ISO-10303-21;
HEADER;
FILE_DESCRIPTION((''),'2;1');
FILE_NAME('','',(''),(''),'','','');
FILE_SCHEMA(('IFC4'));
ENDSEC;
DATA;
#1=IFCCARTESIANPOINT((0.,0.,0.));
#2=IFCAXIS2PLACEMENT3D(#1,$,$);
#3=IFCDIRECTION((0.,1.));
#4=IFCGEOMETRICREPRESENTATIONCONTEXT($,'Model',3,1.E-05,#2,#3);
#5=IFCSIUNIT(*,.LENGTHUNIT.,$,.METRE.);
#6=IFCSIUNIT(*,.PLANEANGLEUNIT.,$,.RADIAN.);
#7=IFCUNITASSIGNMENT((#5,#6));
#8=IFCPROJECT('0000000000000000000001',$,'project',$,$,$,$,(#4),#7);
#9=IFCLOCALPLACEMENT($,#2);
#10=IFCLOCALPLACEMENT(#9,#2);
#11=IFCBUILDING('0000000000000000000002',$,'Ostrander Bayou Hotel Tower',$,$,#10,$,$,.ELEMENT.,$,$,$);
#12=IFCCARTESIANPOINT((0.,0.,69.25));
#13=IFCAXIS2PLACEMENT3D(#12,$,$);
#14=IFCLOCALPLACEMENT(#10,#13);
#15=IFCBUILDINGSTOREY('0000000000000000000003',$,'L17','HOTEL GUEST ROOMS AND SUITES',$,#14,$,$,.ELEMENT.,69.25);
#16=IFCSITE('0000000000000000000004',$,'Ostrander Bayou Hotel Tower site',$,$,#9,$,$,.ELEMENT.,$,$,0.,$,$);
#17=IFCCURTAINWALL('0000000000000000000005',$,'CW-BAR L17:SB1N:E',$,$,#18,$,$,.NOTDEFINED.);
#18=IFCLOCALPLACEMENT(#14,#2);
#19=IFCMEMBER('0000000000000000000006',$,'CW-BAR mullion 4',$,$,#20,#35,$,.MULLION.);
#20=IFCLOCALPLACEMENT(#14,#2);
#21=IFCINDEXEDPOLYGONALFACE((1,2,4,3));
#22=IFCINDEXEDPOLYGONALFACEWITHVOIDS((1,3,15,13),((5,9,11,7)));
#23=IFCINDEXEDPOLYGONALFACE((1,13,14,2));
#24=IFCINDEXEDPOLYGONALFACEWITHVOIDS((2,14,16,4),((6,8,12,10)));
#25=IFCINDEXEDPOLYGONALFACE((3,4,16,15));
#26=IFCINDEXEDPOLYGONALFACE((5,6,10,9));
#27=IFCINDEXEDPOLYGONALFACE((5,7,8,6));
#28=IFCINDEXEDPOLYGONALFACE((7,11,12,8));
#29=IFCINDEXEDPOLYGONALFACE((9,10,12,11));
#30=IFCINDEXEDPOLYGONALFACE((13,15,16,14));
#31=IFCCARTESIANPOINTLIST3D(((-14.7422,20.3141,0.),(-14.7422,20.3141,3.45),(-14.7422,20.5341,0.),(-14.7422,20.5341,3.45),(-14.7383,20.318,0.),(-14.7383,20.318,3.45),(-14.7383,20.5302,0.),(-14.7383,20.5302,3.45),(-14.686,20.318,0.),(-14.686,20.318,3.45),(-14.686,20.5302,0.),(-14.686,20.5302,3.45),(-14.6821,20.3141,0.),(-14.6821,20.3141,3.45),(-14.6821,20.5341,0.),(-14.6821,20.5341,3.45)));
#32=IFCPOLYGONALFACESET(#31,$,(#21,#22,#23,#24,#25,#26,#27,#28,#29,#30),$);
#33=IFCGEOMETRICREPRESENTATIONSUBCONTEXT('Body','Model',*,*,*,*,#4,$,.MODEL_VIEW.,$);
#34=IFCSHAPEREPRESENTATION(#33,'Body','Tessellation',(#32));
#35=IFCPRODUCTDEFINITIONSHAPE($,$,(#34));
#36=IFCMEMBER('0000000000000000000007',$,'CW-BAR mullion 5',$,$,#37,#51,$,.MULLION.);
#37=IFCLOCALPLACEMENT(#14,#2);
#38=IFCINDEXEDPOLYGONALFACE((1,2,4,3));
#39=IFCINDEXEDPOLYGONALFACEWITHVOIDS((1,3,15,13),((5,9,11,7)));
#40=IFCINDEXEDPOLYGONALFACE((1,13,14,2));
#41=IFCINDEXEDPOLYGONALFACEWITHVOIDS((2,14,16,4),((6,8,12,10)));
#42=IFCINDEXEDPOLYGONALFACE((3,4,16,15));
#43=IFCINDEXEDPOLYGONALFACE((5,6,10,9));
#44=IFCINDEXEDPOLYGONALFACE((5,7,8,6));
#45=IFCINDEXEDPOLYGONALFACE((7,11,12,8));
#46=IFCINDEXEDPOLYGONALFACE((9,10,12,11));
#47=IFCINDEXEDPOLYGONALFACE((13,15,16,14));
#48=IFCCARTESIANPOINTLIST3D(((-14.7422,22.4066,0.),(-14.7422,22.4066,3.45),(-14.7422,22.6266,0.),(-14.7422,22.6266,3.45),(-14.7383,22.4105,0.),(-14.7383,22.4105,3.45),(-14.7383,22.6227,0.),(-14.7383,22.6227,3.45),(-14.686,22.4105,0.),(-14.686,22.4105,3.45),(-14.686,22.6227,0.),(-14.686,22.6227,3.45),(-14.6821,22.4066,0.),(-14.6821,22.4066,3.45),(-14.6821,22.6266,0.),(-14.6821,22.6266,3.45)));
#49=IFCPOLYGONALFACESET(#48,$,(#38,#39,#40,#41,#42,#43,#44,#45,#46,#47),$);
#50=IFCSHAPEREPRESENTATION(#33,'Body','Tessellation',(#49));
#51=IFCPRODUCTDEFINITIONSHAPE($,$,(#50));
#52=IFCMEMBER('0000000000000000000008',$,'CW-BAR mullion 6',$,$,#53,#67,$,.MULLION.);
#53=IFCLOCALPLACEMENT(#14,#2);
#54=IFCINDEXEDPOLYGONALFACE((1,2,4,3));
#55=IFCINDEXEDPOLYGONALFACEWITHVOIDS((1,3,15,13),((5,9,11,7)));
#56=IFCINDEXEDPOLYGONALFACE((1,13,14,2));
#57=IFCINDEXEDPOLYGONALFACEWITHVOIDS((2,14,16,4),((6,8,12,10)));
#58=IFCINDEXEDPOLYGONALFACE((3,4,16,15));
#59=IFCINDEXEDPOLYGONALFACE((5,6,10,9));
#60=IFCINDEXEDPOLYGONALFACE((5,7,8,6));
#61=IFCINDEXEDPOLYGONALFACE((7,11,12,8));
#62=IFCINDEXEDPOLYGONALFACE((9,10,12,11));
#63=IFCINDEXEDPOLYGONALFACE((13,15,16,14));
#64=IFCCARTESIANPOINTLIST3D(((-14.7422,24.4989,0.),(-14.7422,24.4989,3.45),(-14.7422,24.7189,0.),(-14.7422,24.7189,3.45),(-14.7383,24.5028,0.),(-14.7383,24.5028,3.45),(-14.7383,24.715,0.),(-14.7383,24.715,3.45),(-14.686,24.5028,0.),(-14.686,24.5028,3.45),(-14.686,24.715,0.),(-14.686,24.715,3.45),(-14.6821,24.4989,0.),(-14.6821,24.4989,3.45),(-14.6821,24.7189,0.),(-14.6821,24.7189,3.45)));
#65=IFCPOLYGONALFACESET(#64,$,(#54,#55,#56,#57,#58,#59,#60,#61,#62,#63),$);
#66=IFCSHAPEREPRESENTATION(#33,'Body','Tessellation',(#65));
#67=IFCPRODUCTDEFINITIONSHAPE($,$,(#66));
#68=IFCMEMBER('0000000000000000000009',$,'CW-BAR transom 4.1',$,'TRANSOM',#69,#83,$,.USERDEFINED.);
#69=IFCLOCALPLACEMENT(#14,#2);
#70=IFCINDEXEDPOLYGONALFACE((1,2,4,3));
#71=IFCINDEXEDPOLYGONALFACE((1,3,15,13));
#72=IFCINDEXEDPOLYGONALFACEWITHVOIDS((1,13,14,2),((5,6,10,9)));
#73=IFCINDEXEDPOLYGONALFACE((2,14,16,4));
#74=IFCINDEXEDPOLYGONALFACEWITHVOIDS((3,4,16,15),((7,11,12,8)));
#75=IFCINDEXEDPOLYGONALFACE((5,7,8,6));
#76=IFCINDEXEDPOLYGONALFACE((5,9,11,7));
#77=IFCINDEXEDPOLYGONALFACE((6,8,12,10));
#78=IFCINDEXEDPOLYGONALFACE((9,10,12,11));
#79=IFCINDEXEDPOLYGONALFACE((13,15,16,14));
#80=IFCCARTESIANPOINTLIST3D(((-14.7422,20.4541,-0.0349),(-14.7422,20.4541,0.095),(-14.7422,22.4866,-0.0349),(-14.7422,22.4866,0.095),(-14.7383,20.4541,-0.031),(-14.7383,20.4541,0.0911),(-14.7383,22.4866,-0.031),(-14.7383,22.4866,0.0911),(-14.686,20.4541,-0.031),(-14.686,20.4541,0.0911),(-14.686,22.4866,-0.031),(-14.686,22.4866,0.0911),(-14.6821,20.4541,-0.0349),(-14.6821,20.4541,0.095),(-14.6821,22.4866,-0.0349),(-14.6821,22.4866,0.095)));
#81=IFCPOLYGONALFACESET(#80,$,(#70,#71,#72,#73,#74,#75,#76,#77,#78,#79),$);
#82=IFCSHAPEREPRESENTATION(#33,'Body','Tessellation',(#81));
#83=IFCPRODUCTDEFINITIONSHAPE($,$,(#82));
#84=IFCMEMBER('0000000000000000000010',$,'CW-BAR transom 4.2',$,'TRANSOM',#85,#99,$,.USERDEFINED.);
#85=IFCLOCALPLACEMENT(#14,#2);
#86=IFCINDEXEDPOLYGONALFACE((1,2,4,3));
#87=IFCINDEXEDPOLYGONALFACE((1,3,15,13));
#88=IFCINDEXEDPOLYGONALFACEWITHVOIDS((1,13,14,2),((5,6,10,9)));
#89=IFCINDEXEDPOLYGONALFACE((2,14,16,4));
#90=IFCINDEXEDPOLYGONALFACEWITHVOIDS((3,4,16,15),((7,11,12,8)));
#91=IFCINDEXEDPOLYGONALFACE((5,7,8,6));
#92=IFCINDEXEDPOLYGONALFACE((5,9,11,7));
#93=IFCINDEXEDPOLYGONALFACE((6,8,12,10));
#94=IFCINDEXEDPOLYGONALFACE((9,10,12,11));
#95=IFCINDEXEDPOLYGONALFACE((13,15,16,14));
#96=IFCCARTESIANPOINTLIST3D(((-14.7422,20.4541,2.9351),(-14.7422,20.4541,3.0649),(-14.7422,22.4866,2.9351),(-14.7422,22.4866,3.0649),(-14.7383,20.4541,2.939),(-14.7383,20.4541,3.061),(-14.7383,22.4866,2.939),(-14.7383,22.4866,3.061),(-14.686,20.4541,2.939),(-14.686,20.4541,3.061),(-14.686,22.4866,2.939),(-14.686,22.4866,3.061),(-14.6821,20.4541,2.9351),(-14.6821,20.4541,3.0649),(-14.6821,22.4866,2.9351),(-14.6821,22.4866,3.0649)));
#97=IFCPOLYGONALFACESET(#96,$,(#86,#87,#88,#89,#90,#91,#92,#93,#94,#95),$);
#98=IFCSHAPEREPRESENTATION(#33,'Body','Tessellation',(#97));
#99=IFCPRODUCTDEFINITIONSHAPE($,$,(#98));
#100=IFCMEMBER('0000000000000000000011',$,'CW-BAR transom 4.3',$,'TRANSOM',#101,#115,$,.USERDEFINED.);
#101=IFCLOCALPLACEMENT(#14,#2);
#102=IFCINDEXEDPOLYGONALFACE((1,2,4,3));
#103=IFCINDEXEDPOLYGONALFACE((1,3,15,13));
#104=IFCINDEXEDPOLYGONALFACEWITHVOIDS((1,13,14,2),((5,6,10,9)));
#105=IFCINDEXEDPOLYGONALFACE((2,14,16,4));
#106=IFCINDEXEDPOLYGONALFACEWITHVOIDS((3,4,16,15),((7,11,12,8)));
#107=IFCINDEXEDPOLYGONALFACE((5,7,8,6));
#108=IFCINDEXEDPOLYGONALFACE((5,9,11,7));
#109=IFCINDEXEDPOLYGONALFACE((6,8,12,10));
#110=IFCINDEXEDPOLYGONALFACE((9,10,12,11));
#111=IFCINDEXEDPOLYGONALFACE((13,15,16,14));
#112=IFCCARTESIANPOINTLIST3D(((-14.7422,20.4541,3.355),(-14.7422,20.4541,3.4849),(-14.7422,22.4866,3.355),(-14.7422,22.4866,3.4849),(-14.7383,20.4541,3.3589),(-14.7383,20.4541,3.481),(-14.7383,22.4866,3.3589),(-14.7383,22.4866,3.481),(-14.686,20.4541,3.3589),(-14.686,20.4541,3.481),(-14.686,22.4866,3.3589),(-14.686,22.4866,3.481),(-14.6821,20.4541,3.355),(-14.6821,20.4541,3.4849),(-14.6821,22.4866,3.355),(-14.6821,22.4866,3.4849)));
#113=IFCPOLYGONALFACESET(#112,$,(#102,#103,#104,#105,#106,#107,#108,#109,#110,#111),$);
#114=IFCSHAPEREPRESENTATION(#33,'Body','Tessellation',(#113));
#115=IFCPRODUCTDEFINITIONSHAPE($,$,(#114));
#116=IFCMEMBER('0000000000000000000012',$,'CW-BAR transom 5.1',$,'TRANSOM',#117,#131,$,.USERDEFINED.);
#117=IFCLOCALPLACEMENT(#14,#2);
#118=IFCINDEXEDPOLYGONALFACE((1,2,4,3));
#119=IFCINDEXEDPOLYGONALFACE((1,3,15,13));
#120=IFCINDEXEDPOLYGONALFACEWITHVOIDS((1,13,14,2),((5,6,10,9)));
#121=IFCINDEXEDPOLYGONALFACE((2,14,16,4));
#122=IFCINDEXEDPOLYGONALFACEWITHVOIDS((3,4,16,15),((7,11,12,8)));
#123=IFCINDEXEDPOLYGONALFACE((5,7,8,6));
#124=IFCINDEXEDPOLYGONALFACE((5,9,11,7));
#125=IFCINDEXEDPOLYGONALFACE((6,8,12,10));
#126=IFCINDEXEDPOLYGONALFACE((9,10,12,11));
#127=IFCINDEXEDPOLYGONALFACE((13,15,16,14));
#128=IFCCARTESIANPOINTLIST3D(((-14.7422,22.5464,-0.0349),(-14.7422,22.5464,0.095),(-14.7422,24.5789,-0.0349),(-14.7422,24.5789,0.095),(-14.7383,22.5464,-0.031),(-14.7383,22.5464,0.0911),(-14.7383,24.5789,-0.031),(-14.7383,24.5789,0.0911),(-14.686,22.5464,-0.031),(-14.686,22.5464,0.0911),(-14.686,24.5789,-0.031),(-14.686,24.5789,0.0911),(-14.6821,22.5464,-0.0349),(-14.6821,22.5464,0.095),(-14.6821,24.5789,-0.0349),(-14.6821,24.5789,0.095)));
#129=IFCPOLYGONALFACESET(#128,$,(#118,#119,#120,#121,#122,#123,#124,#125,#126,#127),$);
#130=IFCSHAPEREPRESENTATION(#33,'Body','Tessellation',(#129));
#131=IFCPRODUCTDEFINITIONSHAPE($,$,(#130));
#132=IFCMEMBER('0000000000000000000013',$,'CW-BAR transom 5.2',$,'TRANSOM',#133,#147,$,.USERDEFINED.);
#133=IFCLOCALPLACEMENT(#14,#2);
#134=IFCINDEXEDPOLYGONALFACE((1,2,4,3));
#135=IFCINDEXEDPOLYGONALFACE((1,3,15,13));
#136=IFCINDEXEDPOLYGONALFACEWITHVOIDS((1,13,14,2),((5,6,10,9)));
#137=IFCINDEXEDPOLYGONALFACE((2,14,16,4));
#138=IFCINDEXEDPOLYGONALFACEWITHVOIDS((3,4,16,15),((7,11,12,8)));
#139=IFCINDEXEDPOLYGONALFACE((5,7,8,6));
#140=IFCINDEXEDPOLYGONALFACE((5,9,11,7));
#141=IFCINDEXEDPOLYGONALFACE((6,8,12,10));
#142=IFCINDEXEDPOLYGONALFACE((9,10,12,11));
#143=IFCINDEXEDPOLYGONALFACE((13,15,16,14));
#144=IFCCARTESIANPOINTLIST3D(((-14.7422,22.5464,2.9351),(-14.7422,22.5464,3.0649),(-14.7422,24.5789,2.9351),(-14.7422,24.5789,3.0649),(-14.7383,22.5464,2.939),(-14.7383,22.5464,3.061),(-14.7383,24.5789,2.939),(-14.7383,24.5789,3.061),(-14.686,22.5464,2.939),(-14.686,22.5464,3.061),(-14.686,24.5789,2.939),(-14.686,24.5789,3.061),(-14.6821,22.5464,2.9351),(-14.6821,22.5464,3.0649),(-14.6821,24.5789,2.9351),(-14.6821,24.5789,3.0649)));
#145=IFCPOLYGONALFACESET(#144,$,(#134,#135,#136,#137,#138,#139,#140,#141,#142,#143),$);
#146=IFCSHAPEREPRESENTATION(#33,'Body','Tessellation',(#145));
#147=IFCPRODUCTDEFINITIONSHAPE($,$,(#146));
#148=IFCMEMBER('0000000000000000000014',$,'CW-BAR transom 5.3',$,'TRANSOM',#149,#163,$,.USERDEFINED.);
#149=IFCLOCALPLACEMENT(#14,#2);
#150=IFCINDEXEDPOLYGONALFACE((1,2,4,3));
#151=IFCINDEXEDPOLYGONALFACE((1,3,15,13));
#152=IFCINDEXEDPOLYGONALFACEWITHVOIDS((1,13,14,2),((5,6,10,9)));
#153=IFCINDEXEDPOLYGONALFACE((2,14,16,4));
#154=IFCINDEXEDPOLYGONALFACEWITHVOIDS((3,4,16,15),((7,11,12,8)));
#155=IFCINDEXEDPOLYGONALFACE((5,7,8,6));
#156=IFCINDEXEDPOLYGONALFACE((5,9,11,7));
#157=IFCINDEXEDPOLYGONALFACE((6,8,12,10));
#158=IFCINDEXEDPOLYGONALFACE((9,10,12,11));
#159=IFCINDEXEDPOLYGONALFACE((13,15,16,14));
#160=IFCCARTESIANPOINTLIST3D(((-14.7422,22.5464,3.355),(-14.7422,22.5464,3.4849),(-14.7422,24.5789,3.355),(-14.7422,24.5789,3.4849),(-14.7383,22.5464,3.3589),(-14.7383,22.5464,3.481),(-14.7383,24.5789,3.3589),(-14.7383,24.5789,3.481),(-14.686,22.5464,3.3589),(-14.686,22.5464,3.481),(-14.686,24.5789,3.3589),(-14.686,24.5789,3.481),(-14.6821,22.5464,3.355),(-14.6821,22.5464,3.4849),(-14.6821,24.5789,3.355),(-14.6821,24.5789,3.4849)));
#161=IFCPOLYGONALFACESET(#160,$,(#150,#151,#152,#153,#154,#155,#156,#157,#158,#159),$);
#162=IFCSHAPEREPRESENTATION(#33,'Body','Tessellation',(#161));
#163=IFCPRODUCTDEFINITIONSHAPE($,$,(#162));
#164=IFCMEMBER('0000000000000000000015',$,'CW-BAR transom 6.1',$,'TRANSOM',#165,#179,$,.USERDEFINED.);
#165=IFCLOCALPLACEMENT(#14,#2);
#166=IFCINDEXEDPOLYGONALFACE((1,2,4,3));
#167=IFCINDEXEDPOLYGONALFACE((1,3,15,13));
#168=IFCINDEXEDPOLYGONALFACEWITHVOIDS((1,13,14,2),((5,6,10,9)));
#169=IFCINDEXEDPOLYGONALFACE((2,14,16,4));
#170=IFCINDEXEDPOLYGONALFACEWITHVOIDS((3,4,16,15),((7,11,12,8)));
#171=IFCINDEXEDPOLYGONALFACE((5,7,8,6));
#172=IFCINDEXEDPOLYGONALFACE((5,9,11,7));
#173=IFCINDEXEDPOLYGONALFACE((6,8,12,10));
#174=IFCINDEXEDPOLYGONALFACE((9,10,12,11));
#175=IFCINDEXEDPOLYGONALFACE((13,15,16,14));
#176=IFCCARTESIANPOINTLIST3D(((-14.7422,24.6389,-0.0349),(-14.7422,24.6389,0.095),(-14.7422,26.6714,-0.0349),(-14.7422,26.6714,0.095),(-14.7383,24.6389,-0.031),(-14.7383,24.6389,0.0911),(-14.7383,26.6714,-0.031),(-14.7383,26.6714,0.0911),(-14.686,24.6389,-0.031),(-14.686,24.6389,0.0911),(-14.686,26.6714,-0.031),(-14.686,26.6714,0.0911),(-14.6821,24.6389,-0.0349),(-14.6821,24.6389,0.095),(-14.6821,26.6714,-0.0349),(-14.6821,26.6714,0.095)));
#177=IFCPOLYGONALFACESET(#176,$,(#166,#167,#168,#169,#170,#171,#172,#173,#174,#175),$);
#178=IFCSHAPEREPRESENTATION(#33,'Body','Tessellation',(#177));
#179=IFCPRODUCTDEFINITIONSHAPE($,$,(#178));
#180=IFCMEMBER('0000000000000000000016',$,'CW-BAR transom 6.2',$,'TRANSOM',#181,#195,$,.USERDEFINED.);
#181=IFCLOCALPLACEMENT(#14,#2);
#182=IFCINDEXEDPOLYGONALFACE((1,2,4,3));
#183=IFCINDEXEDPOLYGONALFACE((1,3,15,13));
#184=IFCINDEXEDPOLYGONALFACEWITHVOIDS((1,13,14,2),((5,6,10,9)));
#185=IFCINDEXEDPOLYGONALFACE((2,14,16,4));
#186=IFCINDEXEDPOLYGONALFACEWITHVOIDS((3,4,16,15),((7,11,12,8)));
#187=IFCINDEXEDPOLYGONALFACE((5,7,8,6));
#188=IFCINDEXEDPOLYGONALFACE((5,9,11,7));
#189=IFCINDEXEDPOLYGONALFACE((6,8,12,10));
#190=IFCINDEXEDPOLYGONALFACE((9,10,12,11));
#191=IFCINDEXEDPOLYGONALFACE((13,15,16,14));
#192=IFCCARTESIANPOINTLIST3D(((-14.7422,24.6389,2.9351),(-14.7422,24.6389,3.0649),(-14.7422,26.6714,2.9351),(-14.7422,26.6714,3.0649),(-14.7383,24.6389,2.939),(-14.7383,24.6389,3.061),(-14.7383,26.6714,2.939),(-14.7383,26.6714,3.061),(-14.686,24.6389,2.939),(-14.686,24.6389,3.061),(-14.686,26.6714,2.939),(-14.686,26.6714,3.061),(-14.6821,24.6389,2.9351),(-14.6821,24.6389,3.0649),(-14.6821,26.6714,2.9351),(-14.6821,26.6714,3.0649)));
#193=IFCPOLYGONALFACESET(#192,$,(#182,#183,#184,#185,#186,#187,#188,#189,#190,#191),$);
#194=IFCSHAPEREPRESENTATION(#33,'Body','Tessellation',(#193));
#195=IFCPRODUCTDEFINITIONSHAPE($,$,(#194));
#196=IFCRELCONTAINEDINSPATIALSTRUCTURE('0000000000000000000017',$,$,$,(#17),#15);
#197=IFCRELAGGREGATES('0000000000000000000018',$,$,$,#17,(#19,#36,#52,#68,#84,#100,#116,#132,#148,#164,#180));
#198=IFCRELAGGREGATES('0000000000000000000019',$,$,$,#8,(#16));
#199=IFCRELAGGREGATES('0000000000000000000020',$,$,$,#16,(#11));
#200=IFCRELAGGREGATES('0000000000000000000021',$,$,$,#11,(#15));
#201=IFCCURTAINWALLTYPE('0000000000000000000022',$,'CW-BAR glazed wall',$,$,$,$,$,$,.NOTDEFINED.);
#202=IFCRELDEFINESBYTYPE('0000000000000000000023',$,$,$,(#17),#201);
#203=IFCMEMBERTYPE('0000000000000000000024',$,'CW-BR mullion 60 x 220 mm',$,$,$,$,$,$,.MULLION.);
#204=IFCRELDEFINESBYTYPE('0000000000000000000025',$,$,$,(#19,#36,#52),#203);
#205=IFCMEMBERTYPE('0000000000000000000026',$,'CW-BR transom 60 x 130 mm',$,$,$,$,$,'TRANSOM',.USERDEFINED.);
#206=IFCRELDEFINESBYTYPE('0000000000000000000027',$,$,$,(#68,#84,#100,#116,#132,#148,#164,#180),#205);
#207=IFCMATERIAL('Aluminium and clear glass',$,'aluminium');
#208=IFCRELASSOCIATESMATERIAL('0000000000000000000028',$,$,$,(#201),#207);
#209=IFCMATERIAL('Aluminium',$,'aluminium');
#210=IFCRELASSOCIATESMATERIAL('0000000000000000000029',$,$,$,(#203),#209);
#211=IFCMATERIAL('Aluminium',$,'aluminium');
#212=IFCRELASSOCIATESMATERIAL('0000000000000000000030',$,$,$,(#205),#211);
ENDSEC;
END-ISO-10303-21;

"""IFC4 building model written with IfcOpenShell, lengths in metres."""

from ifc_helpers import new_model, si_unit, direction, frame, origin, origin_2d, place, context, subcontext, project, spatial, hollow_rectangle, extrude, material, material_profile, profile_set, type_object, element, aggregate, save


model = new_model("IFC4")

# Units and contexts
model_context = context("Model", 3, precision=1e-05, world=origin(), true_north=direction((0.0, 1.0)))
body_context = subcontext(model_context, "Body", "Model", "MODEL_VIEW")
ifc_project = project(units=[si_unit("LENGTHUNIT", "METRE"), si_unit("PLANEANGLEUNIT", "RADIAN")], contexts=[model_context])

# Site, building, storey
site_placement = place(None, origin())
site = spatial("IfcSite", under=ifc_project, at=site_placement, Name="Ostrander Bayou Hotel Tower site", CompositionType="ELEMENT", RefElevation=0.0)
building_placement = place(site_placement, origin())
building = spatial("IfcBuilding", under=site, at=building_placement, Name="Ostrander Bayou Hotel Tower", CompositionType="ELEMENT")
storey_placement = place(building_placement, frame((0.0, 0.0, 69.25)))
storey = spatial("IfcBuildingStorey", under=building, at=storey_placement, Name="L17", Description="HOTEL GUEST ROOMS AND SUITES", CompositionType="ELEMENT", Elevation=69.25)

# Curtain wall, members
ifc_material_1 = material(Name="Aluminium and clear glass", Category="aluminium")
curtain_wall_type = type_object("IfcCurtainWallType", Name="CW-BAR glazed wall", PredefinedType="NOTDEFINED", material=ifc_material_1)
curtain_wall_placement = place(storey_placement, origin())
curtain_wall = element("IfcCurtainWall", 1, at=curtain_wall_placement, inside=storey, type_object=curtain_wall_type, Name="CW-BAR L17:SB1N:E", PredefinedType="NOTDEFINED")
ifc_material_2 = material(Name="Aluminium", Category="aluminium")
ifc_material_profile_1 = material_profile(ifc_material_2, hollow_rectangle(XDim=0.0601, YDim=0.22, WallThickness=0.0039, at=origin_2d()))
ifc_profile_set_1 = profile_set([ifc_material_profile_1], Name="Aluminium")
member_type_1 = type_object("IfcMemberType", Name="CW-BR mullion 60 x 220 mm", PredefinedType="MULLION", material=ifc_profile_set_1)
member_1_placement = place(storey_placement, frame((-14.7122, 20.4241, 0.0), z_axis=(0.0, 0.0, 1.0), x_axis=(-1.0, 0.0, 0.0)))
member_1 = element("IfcMember", 2, at=member_1_placement, type_object=member_type_1, Name="CW-BAR mullion 4", PredefinedType="MULLION", context=body_context, shape_type="SweptSolid", body=[
    extrude(hollow_rectangle(XDim=0.0601, YDim=0.22, WallThickness=0.0039, at=origin_2d()), origin(), (0.0, 0.0, 1.0), 3.45),
])
member_2_placement = place(storey_placement, frame((-14.7122, 22.5166, 0.0), z_axis=(0.0, 0.0, 1.0), x_axis=(-1.0, 0.0, 0.0)))
member_2 = element("IfcMember", 3, at=member_2_placement, type_object=member_type_1, Name="CW-BAR mullion 5", PredefinedType="MULLION", context=body_context, shape_type="SweptSolid", body=[
    extrude(hollow_rectangle(XDim=0.0601, YDim=0.22, WallThickness=0.0039, at=origin_2d()), origin(), (0.0, 0.0, 1.0), 3.45),
])
member_3_placement = place(storey_placement, frame((-14.7122, 24.6089, 0.0), z_axis=(0.0, 0.0, 1.0), x_axis=(-1.0, 0.0, 0.0)))
member_3 = element("IfcMember", 4, at=member_3_placement, type_object=member_type_1, Name="CW-BAR mullion 6", PredefinedType="MULLION", context=body_context, shape_type="SweptSolid", body=[
    extrude(hollow_rectangle(XDim=0.0601, YDim=0.22, WallThickness=0.0039, at=origin_2d()), origin(), (0.0, 0.0, 1.0), 3.45),
])
ifc_material_3 = material(Name="Aluminium", Category="aluminium")
ifc_material_profile_2 = material_profile(ifc_material_3, hollow_rectangle(XDim=0.0601, YDim=0.1299, WallThickness=0.0039, at=origin_2d()))
ifc_profile_set_2 = profile_set([ifc_material_profile_2], Name="Aluminium")
member_type_2 = type_object("IfcMemberType", Name="CW-BR transom 60 x 130 mm", ElementType="TRANSOM", PredefinedType="USERDEFINED", material=ifc_profile_set_2)
member_4_placement = place(storey_placement, frame((-14.7122, 20.4541, 0.03), z_axis=(0.0, 1.0, 0.0), x_axis=(-1.0, 0.0, 0.0)))
member_4 = element("IfcMember", 5, at=member_4_placement, type_object=member_type_2, Name="CW-BAR transom 4.1", ObjectType="TRANSOM", PredefinedType="USERDEFINED", context=body_context, shape_type="SweptSolid", body=[
    extrude(hollow_rectangle(XDim=0.0601, YDim=0.1299, WallThickness=0.0039, at=origin_2d()), origin(), (0.0, 0.0, 1.0), 2.0325),
])
member_5_placement = place(storey_placement, frame((-14.7122, 20.4541, 3.0), z_axis=(0.0, 1.0, 0.0), x_axis=(-1.0, 0.0, 0.0)))
member_5 = element("IfcMember", 6, at=member_5_placement, type_object=member_type_2, Name="CW-BAR transom 4.2", ObjectType="TRANSOM", PredefinedType="USERDEFINED", context=body_context, shape_type="SweptSolid", body=[
    extrude(hollow_rectangle(XDim=0.0601, YDim=0.1299, WallThickness=0.0039, at=origin_2d()), origin(), (0.0, 0.0, 1.0), 2.0325),
])
member_6_placement = place(storey_placement, frame((-14.7122, 20.4541, 3.4199), z_axis=(0.0, 1.0, 0.0), x_axis=(-1.0, 0.0, 0.0)))
member_6 = element("IfcMember", 7, at=member_6_placement, type_object=member_type_2, Name="CW-BAR transom 4.3", ObjectType="TRANSOM", PredefinedType="USERDEFINED", context=body_context, shape_type="SweptSolid", body=[
    extrude(hollow_rectangle(XDim=0.0601, YDim=0.1299, WallThickness=0.0039, at=origin_2d()), origin(), (0.0, 0.0, 1.0), 2.0325),
])
member_7_placement = place(storey_placement, frame((-14.7122, 22.5464, 0.03), z_axis=(0.0, 1.0, 0.0), x_axis=(-1.0, 0.0, 0.0)))
member_7 = element("IfcMember", 8, at=member_7_placement, type_object=member_type_2, Name="CW-BAR transom 5.1", ObjectType="TRANSOM", PredefinedType="USERDEFINED", context=body_context, shape_type="SweptSolid", body=[
    extrude(hollow_rectangle(XDim=0.0601, YDim=0.1299, WallThickness=0.0039, at=origin_2d()), origin(), (0.0, 0.0, 1.0), 2.0325),
])
member_8_placement = place(storey_placement, frame((-14.7122, 22.5464, 3.0), z_axis=(0.0, 1.0, 0.0), x_axis=(-1.0, 0.0, 0.0)))
member_8 = element("IfcMember", 9, at=member_8_placement, type_object=member_type_2, Name="CW-BAR transom 5.2", ObjectType="TRANSOM", PredefinedType="USERDEFINED", context=body_context, shape_type="SweptSolid", body=[
    extrude(hollow_rectangle(XDim=0.0601, YDim=0.1299, WallThickness=0.0039, at=origin_2d()), origin(), (0.0, 0.0, 1.0), 2.0325),
])
member_9_placement = place(storey_placement, frame((-14.7122, 22.5464, 3.4199), z_axis=(0.0, 1.0, 0.0), x_axis=(-1.0, 0.0, 0.0)))
member_9 = element("IfcMember", 10, at=member_9_placement, type_object=member_type_2, Name="CW-BAR transom 5.3", ObjectType="TRANSOM", PredefinedType="USERDEFINED", context=body_context, shape_type="SweptSolid", body=[
    extrude(hollow_rectangle(XDim=0.0601, YDim=0.1299, WallThickness=0.0039, at=origin_2d()), origin(), (0.0, 0.0, 1.0), 2.0325),
])
member_10_placement = place(storey_placement, frame((-14.7122, 24.6389, 0.03), z_axis=(0.0, 1.0, 0.0), x_axis=(-1.0, 0.0, 0.0)))
member_10 = element("IfcMember", 11, at=member_10_placement, type_object=member_type_2, Name="CW-BAR transom 6.1", ObjectType="TRANSOM", PredefinedType="USERDEFINED", context=body_context, shape_type="SweptSolid", body=[
    extrude(hollow_rectangle(XDim=0.0601, YDim=0.1299, WallThickness=0.0039, at=origin_2d()), origin(), (0.0, 0.0, 1.0), 2.0325),
])
member_11_placement = place(storey_placement, frame((-14.7122, 24.6389, 3.0), z_axis=(0.0, 1.0, 0.0), x_axis=(-1.0, 0.0, 0.0)))
member_11 = element("IfcMember", 12, at=member_11_placement, type_object=member_type_2, Name="CW-BAR transom 6.2", ObjectType="TRANSOM", PredefinedType="USERDEFINED", context=body_context, shape_type="SweptSolid", body=[
    extrude(hollow_rectangle(XDim=0.0601, YDim=0.1299, WallThickness=0.0039, at=origin_2d()), origin(), (0.0, 0.0, 1.0), 2.0325),
])

aggregate(curtain_wall, [member_1, member_2, member_3, member_4, member_5, member_6, member_7, member_8, member_9, member_10, member_11])

save(model, "model.ifc")
